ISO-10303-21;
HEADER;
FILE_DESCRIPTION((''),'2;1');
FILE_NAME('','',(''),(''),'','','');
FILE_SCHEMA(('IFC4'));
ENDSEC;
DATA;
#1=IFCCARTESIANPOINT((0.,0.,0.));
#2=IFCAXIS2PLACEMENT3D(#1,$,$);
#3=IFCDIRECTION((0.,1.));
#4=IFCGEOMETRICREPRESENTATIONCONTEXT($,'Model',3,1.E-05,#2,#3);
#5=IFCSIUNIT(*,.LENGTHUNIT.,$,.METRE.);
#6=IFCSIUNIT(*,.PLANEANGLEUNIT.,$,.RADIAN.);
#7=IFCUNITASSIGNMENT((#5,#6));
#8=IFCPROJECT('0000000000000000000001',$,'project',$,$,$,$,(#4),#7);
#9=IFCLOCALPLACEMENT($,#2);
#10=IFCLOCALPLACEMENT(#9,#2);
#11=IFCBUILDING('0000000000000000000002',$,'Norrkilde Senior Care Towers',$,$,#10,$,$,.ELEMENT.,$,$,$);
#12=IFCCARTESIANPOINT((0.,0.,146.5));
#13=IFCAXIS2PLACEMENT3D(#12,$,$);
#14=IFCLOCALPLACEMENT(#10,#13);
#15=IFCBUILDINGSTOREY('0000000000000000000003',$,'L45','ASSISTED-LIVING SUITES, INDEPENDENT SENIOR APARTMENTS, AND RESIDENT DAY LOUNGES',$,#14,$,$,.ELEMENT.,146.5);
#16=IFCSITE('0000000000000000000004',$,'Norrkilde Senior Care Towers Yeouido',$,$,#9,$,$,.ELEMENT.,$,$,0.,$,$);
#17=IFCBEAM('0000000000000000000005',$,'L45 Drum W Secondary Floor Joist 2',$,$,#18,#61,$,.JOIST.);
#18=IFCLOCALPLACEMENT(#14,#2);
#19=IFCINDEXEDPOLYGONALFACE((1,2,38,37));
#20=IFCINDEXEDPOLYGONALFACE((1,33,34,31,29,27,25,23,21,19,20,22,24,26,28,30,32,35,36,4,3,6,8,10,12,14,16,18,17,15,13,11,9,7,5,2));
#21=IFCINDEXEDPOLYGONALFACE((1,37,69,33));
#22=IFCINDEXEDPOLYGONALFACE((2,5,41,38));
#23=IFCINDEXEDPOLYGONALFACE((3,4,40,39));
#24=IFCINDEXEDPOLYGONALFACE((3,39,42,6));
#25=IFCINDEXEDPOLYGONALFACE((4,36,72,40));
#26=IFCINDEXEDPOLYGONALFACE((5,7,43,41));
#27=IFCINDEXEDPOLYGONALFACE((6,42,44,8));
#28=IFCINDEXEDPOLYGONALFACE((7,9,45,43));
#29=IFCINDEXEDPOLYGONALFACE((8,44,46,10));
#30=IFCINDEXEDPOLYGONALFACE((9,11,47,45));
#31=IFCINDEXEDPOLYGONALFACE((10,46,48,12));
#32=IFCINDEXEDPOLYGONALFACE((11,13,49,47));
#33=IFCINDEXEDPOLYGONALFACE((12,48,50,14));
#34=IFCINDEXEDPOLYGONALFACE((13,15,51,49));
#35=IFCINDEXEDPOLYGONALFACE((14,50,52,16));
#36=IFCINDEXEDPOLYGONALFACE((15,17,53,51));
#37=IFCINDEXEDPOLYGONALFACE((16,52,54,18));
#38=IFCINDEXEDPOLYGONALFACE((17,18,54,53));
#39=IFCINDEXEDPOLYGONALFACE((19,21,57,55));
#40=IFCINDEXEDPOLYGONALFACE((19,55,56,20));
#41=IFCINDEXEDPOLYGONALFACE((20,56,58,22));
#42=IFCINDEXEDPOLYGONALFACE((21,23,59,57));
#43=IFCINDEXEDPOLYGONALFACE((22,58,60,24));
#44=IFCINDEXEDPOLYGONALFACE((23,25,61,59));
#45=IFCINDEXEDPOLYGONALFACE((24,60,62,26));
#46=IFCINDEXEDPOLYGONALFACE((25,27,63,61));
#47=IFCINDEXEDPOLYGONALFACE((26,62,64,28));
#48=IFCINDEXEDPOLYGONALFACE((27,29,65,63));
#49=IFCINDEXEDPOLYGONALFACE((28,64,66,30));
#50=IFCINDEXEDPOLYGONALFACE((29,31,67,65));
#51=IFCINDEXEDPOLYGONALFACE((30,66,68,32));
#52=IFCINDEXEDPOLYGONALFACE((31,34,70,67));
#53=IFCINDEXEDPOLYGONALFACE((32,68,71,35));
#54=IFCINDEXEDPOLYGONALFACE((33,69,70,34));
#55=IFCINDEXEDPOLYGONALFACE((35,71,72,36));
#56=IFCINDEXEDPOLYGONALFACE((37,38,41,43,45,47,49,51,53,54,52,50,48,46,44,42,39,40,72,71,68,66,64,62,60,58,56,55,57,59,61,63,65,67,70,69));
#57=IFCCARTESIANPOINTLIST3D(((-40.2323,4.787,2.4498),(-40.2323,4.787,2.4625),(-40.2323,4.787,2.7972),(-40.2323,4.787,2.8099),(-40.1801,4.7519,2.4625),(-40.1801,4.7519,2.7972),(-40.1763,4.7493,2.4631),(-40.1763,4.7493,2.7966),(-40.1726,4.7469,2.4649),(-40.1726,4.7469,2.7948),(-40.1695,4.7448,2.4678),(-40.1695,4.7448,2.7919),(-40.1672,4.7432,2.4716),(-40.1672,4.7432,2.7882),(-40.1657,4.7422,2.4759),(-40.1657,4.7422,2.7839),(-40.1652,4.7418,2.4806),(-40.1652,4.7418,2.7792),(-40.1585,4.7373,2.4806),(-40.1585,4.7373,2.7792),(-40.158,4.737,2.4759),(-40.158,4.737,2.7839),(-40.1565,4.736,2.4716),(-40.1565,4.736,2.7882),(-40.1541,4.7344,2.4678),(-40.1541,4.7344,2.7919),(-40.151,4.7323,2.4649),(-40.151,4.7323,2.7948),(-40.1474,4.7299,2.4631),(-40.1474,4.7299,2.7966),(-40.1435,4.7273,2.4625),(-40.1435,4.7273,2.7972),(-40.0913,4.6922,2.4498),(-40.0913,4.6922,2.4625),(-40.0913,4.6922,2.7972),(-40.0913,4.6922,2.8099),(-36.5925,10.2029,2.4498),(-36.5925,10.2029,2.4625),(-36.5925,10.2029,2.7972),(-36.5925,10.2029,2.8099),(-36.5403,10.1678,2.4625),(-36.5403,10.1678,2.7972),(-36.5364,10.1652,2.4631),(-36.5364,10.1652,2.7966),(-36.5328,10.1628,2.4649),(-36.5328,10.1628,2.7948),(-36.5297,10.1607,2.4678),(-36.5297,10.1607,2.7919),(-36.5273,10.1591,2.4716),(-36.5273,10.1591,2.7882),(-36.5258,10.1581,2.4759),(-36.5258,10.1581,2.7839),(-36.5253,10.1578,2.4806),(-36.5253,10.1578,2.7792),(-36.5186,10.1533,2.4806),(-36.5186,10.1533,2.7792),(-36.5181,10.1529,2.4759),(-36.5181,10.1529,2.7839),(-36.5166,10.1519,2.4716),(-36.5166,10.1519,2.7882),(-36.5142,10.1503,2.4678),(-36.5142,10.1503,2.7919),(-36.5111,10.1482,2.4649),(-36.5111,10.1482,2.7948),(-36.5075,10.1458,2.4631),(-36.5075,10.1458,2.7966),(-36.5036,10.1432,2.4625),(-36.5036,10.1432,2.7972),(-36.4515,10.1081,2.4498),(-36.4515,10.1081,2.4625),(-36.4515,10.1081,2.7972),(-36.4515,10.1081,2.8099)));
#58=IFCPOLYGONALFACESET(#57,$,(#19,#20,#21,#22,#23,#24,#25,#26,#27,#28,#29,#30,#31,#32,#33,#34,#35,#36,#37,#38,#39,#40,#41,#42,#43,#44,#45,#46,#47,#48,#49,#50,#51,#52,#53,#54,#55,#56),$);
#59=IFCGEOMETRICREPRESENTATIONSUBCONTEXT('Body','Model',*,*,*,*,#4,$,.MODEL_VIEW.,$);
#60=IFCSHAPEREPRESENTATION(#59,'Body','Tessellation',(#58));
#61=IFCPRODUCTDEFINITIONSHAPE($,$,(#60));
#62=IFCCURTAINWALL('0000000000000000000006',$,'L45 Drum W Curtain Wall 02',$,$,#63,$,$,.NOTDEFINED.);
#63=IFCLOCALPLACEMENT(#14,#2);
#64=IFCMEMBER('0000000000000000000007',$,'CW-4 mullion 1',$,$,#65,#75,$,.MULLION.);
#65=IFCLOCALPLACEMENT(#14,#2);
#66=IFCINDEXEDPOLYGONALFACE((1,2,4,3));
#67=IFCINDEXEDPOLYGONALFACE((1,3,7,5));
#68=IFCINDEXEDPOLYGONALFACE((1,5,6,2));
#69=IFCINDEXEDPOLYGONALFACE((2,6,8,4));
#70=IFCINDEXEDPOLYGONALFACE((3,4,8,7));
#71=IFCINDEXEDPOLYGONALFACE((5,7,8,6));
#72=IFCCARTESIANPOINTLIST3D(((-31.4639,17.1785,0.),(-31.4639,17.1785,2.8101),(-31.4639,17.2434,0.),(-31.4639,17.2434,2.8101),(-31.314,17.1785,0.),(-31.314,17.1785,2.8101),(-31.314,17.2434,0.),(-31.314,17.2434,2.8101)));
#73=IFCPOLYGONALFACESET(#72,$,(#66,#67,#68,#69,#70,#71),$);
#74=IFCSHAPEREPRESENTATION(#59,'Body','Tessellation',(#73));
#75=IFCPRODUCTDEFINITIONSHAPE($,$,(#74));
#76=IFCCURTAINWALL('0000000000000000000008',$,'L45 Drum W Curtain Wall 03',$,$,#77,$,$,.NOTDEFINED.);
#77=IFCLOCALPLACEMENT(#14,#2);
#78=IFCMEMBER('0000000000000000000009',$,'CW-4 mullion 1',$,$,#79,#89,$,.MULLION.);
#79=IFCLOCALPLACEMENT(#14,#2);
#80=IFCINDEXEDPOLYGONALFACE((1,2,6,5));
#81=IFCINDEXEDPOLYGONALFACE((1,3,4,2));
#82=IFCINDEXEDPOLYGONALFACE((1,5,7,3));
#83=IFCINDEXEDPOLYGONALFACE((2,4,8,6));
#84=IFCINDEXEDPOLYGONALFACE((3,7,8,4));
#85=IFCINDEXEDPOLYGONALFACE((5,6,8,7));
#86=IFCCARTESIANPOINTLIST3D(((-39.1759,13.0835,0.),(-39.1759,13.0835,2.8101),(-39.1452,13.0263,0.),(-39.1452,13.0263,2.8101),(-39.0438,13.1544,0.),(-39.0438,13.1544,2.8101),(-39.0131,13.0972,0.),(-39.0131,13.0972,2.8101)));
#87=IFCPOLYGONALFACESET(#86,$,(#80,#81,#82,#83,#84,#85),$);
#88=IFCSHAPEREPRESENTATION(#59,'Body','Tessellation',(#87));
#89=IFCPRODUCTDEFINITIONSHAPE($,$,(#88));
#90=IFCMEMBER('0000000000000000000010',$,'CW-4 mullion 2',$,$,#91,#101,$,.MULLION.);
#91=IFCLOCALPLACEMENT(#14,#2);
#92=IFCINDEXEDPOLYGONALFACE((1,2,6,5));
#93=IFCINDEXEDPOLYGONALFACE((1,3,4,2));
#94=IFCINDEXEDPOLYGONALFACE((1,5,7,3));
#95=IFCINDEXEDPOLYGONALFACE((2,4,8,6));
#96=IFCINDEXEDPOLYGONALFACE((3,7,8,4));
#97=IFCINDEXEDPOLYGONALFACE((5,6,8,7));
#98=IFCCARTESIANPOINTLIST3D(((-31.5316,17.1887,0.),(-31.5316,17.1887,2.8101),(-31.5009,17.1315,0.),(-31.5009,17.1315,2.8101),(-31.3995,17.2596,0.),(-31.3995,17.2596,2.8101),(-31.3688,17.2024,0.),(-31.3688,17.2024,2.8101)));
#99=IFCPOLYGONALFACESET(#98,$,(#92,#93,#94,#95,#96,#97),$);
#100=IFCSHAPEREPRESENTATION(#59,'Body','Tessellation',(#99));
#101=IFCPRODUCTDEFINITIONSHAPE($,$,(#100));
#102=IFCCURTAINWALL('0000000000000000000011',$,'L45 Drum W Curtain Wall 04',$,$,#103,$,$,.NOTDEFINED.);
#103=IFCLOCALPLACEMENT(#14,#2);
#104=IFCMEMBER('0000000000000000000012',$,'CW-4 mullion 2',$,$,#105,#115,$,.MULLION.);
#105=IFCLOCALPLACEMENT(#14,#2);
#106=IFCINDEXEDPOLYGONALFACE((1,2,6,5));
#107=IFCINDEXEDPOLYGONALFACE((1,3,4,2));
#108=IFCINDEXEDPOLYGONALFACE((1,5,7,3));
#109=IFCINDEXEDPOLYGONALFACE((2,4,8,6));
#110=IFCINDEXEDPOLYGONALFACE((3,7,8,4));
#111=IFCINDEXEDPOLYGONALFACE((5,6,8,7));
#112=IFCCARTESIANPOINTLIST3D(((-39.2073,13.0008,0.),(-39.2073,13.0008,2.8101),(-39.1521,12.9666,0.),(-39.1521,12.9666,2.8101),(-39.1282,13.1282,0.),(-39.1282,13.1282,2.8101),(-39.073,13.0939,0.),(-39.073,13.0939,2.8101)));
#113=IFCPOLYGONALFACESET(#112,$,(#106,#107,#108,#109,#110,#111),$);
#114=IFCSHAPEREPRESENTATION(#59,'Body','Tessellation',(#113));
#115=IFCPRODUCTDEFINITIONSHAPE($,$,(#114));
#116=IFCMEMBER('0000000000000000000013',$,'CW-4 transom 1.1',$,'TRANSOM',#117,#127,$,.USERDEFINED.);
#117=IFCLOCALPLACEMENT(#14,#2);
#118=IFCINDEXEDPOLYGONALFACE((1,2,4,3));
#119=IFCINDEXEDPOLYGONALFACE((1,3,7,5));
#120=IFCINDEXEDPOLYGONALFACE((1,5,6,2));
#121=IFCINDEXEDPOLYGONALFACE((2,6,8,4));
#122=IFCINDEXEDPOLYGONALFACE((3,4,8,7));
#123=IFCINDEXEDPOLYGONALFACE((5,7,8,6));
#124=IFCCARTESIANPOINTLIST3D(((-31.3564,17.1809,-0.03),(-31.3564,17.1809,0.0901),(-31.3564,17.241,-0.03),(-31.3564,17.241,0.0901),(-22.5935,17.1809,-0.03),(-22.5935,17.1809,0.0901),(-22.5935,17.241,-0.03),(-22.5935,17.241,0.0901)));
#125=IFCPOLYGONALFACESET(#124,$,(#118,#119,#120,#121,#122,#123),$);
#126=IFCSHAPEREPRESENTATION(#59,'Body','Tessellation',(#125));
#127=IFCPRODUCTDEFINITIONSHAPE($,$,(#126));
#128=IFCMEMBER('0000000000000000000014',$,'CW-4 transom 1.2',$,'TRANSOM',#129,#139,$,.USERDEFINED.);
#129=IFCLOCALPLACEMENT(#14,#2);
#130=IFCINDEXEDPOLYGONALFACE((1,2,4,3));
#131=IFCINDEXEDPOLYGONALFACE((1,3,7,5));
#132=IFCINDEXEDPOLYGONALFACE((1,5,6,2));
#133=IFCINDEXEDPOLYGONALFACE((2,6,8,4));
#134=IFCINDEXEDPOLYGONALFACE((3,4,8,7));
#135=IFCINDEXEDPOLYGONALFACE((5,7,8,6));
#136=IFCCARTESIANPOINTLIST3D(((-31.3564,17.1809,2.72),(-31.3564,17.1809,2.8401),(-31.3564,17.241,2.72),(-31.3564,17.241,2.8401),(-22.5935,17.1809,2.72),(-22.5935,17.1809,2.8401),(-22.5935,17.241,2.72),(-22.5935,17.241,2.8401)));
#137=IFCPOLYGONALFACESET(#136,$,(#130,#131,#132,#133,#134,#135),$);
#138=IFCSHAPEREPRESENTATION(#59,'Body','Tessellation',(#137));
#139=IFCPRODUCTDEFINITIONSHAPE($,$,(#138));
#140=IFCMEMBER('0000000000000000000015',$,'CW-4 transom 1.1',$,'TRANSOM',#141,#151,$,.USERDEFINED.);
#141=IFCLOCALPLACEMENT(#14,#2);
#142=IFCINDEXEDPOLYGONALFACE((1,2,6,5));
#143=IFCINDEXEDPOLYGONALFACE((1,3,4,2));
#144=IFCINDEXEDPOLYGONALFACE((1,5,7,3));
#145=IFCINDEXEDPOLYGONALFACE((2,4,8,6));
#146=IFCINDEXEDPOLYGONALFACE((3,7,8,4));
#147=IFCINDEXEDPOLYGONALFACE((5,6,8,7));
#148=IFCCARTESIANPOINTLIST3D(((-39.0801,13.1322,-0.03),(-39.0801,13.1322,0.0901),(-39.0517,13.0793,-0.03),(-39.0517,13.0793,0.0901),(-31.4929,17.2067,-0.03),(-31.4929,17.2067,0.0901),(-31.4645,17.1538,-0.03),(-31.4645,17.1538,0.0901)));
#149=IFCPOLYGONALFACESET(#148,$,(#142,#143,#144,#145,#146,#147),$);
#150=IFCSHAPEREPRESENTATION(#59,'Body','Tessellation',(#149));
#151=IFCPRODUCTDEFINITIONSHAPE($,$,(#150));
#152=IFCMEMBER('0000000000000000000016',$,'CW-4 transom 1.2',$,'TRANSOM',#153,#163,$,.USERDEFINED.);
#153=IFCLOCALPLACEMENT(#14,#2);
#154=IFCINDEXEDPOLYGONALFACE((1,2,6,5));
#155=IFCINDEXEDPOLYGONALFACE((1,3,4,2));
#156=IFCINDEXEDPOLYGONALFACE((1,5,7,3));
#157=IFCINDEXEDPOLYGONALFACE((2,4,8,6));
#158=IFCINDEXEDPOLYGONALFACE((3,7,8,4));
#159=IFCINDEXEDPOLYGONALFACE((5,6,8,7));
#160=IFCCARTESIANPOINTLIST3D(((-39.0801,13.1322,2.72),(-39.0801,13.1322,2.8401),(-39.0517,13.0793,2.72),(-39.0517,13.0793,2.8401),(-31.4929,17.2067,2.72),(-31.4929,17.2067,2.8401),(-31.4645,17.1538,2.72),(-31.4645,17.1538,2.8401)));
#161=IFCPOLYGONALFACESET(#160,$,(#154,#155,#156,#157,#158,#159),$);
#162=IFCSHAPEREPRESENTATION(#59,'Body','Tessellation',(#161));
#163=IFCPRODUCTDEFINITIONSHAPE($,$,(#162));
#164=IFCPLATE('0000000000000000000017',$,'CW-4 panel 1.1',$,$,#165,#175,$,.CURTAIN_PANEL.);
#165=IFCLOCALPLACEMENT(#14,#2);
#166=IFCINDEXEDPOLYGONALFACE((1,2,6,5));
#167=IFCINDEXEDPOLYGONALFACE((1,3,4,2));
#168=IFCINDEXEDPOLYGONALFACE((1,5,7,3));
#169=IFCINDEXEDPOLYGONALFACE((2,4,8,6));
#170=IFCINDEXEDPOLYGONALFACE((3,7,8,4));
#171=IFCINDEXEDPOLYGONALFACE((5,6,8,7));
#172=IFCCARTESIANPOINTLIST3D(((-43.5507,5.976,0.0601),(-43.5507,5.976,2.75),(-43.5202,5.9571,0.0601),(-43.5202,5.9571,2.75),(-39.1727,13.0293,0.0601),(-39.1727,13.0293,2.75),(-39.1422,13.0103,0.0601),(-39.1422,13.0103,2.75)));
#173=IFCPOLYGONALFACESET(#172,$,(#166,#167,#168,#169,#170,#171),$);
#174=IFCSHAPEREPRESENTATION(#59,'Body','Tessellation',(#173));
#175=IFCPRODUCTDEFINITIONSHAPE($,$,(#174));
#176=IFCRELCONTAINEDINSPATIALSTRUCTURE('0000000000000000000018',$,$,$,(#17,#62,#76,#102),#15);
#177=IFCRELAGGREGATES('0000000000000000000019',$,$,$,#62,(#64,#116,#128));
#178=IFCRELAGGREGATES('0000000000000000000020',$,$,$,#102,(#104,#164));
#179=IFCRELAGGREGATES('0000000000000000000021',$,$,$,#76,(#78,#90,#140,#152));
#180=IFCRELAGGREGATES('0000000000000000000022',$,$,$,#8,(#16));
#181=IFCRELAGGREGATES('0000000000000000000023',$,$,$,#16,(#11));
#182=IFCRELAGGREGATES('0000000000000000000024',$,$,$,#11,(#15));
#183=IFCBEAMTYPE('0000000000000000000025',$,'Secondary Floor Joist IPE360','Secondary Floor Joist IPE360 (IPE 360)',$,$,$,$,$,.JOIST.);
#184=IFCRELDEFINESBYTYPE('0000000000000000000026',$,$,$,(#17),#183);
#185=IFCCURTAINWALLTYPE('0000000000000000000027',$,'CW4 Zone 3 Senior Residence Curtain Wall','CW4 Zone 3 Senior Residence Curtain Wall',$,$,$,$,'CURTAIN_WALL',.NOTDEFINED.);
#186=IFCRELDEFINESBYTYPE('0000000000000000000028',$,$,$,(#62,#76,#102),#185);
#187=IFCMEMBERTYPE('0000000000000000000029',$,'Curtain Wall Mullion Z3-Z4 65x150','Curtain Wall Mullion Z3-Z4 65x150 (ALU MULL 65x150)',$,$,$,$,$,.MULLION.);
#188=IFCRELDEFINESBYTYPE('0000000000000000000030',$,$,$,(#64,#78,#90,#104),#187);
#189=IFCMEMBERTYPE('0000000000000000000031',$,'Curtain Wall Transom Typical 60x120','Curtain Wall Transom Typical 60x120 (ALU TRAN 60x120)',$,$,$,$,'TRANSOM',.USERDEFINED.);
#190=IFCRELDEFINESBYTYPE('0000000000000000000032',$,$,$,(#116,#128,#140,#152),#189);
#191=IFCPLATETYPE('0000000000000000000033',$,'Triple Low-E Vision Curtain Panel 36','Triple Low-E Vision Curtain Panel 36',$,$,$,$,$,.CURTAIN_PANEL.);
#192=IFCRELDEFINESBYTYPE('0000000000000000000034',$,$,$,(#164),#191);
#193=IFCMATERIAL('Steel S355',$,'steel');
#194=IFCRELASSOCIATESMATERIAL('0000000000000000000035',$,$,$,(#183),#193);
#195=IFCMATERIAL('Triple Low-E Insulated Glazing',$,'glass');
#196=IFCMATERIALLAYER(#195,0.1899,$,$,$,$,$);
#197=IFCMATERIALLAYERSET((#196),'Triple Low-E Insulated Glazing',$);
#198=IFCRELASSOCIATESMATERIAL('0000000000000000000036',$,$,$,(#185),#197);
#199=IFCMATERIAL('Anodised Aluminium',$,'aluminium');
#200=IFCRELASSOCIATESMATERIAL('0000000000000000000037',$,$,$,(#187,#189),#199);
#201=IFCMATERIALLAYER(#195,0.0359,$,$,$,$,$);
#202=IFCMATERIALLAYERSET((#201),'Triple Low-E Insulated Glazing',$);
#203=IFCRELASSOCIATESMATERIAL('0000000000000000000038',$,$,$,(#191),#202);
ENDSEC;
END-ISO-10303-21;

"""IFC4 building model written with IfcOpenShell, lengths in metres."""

from ifc_helpers import new_model, si_unit, direction, frame, origin, origin_2d, place, context, subcontext, project, spatial, rectangle, i_section, extrude, source, transform, mapped, material, layer, layer_set, material_profile, profile_set, type_object, type_shapes, element, aggregate, save


model = new_model("IFC4")

# Units and contexts
model_context = context("Model", 3, precision=1e-05, world=origin(), true_north=direction((0.0, 1.0)))
body_context = subcontext(model_context, "Body", "Model", "MODEL_VIEW")
ifc_project = project(units=[si_unit("LENGTHUNIT", "METRE"), si_unit("PLANEANGLEUNIT", "RADIAN")], contexts=[model_context])

# Site, building, storey
site_placement = place(None, origin())
site = spatial("IfcSite", under=ifc_project, at=site_placement, Name="Norrkilde Senior Care Towers Yeouido", CompositionType="ELEMENT", RefElevation=0.0)
building_placement = place(site_placement, origin())
building = spatial("IfcBuilding", under=site, at=building_placement, Name="Norrkilde Senior Care Towers", CompositionType="ELEMENT")
storey_placement = place(building_placement, frame((0.0, 0.0, 146.5)))
storey = spatial("IfcBuildingStorey", under=building, at=storey_placement, Name="L45", Description="ASSISTED-LIVING SUITES, INDEPENDENT SENIOR APARTMENTS, AND RESIDENT DAY LOUNGES", CompositionType="ELEMENT", Elevation=146.5)

# Beam
ifc_material_1 = material(Name="Steel S355", Category="steel")
ifc_material_profile_1 = material_profile(ifc_material_1, i_section(OverallWidth=0.1699, OverallDepth=0.3601, WebThickness=0.0081, FlangeThickness=0.0127, FilletRadius=0.0181, at=origin_2d()), Name="IPE 360")
ifc_profile_set_1 = profile_set([ifc_material_profile_1], Name="Steel S355")
beam_type_1 = type_object("IfcBeamType", Name="Secondary Floor Joist IPE360", Description="Secondary Floor Joist IPE360 (IPE 360)", PredefinedType="JOIST", material=ifc_profile_set_1)
shared_shape_1 = source(origin(), body_context, "Body", "SweptSolid", [
    extrude(i_section(OverallWidth=0.1699, OverallDepth=0.3601, WebThickness=0.0081, FlangeThickness=0.0127, FilletRadius=0.0181, at=origin_2d()), origin(), (0.0, 0.0, 1.0), 6.5254),
])
type_shapes(beam_type_1, [shared_shape_1])
beam_1_placement = place(storey_placement, frame((-36.522, 10.1555, 2.6299), z_axis=(-0.557796, -0.829978, 0.0), x_axis=(0.829978, -0.557796, 0.0)))
element("IfcBeam", 1, at=beam_1_placement, inside=storey, type_object=beam_type_1, Name="L45 Drum W Secondary Floor Joist 2", PredefinedType="JOIST", context=body_context, shape_type="MappedRepresentation", body=[
    mapped(shared_shape_1, transform((0.0, 0.0, 0.0), x_axis=(1.0, 0.0, 0.0), y_axis=(0.0, 1.0, 0.0), z_axis=(0.0, 0.0, 1.0), scale=1.0)),
])

# Curtain wall, member
ifc_material_2 = material(Name="Triple Low-E Insulated Glazing", Category="glass")
ifc_layer_1 = layer(ifc_material_2, 0.1899)
ifc_layer_set_1 = layer_set([ifc_layer_1], Name="Triple Low-E Insulated Glazing")
curtain_wall_type = type_object("IfcCurtainWallType", Name="CW4 Zone 3 Senior Residence Curtain Wall", Description="CW4 Zone 3 Senior Residence Curtain Wall", ElementType="CURTAIN_WALL", PredefinedType="NOTDEFINED", material=ifc_layer_set_1)
curtain_wall_1_placement = place(storey_placement, origin())
curtain_wall_1 = element("IfcCurtainWall", 2, at=curtain_wall_1_placement, inside=storey, type_object=curtain_wall_type, Name="L45 Drum W Curtain Wall 02", PredefinedType="NOTDEFINED")
ifc_material_3 = material(Name="Anodised Aluminium", Category="aluminium")
ifc_material_profile_2 = material_profile(ifc_material_3, rectangle(XDim=0.0649, YDim=0.1499, at=origin_2d()), Name="ALU MULL 65x150")
ifc_profile_set_2 = profile_set([ifc_material_profile_2], Name="Anodised Aluminium")
member_type_1 = type_object("IfcMemberType", Name="Curtain Wall Mullion Z3-Z4 65x150", Description="Curtain Wall Mullion Z3-Z4 65x150 (ALU MULL 65x150)", PredefinedType="MULLION", material=ifc_profile_set_2)
shared_shape_2 = source(origin(), body_context, "Body", "SweptSolid", [
    extrude(rectangle(XDim=0.0649, YDim=0.1499, at=origin_2d()), origin(), (0.0, 0.0, 1.0), 2.8101),
])
type_shapes(member_type_1, [shared_shape_2])
member_1_placement = place(storey_placement, frame((-31.3889, 17.2109, 0.0), z_axis=(0.0, 0.0, 1.0), x_axis=(0.0, 1.0, 0.0)))
member_1 = element("IfcMember", 3, at=member_1_placement, type_object=member_type_1, Name="CW-4 mullion 1", PredefinedType="MULLION", context=body_context, shape_type="MappedRepresentation", body=[
    mapped(shared_shape_2, transform((0.0, 0.0, 0.0), x_axis=(1.0, 0.0, 0.0), y_axis=(0.0, 1.0, 0.0), z_axis=(0.0, 0.0, 1.0), scale=1.0)),
])

# Curtain wall, members
curtain_wall_2_placement = place(storey_placement, origin())
curtain_wall_2 = element("IfcCurtainWall", 4, at=curtain_wall_2_placement, inside=storey, type_object=curtain_wall_type, Name="L45 Drum W Curtain Wall 03", PredefinedType="NOTDEFINED")
member_2_placement = place(storey_placement, frame((-39.0945, 13.0903, 0.0), z_axis=(0.0, 0.0, 1.0), x_axis=(-0.473117, 0.881, 0.0)))
member_2 = element("IfcMember", 5, at=member_2_placement, type_object=member_type_1, Name="CW-4 mullion 1", PredefinedType="MULLION", context=body_context, shape_type="MappedRepresentation", body=[
    mapped(shared_shape_2, transform((0.0, 0.0, 0.0), x_axis=(1.0, 0.0, 0.0), y_axis=(0.0, 1.0, 0.0), z_axis=(0.0, 0.0, 1.0), scale=1.0)),
])
member_3_placement = place(storey_placement, frame((-31.4502, 17.1956, 0.0), z_axis=(0.0, 0.0, 1.0), x_axis=(-0.473117, 0.881, 0.0)))
member_3 = element("IfcMember", 6, at=member_3_placement, type_object=member_type_1, Name="CW-4 mullion 2", PredefinedType="MULLION", context=body_context, shape_type="MappedRepresentation", body=[
    mapped(shared_shape_2, transform((0.0, 0.0, 0.0), x_axis=(1.0, 0.0, 0.0), y_axis=(0.0, 1.0, 0.0), z_axis=(0.0, 0.0, 1.0), scale=1.0)),
])

# Curtain wall, member
curtain_wall_3_placement = place(storey_placement, origin())
curtain_wall_3 = element("IfcCurtainWall", 7, at=curtain_wall_3_placement, inside=storey, type_object=curtain_wall_type, Name="L45 Drum W Curtain Wall 04", PredefinedType="NOTDEFINED")
member_4_placement = place(storey_placement, frame((-39.1401, 13.0474, 0.0), z_axis=(0.0, 0.0, 1.0), x_axis=(-0.849634, 0.527373, 0.0)))
member_4 = element("IfcMember", 8, at=member_4_placement, type_object=member_type_1, Name="CW-4 mullion 2", PredefinedType="MULLION", context=body_context, shape_type="MappedRepresentation", body=[
    mapped(shared_shape_2, transform((0.0, 0.0, 0.0), x_axis=(1.0, 0.0, 0.0), y_axis=(0.0, 1.0, 0.0), z_axis=(0.0, 0.0, 1.0), scale=1.0)),
])

# Members
ifc_material_profile_3 = material_profile(ifc_material_3, rectangle(XDim=0.0601, YDim=0.1201, at=origin_2d()), Name="ALU TRAN 60x120")
ifc_profile_set_3 = profile_set([ifc_material_profile_3], Name="Anodised Aluminium")
member_type_2 = type_object("IfcMemberType", Name="Curtain Wall Transom Typical 60x120", Description="Curtain Wall Transom Typical 60x120 (ALU TRAN 60x120)", ElementType="TRANSOM", PredefinedType="USERDEFINED", material=ifc_profile_set_3)
shared_shape_3 = source(origin(), body_context, "Body", "SweptSolid", [
    extrude(rectangle(XDim=0.0601, YDim=0.1201, at=origin_2d()), origin(), (0.0, 0.0, 1.0), 8.7629),
])
member_5_placement = place(storey_placement, frame((-31.3564, 17.2109, 0.03), z_axis=(1.0, 0.0, 0.0), x_axis=(0.0, 1.0, 0.0)))
member_5 = element("IfcMember", 9, at=member_5_placement, type_object=member_type_2, Name="CW-4 transom 1.1", ObjectType="TRANSOM", PredefinedType="USERDEFINED", context=body_context, shape_type="MappedRepresentation", body=[
    mapped(shared_shape_3, transform((0.0, 0.0, 0.0), x_axis=(1.0, 0.0, 0.0), y_axis=(0.0, 1.0, 0.0), z_axis=(0.0, 0.0, 1.0), scale=1.0)),
])
member_6_placement = place(storey_placement, frame((-31.3564, 17.2109, 2.78), z_axis=(1.0, 0.0, 0.0), x_axis=(0.0, 1.0, 0.0)))
member_6 = element("IfcMember", 10, at=member_6_placement, type_object=member_type_2, Name="CW-4 transom 1.2", ObjectType="TRANSOM", PredefinedType="USERDEFINED", context=body_context, shape_type="MappedRepresentation", body=[
    mapped(shared_shape_3, transform((0.0, 0.0, 0.0), x_axis=(1.0, 0.0, 0.0), y_axis=(0.0, 1.0, 0.0), z_axis=(0.0, 0.0, 1.0), scale=1.0)),
])
aggregate(curtain_wall_1, [member_1, member_5, member_6])
shared_shape_4 = source(origin(), body_context, "Body", "SweptSolid", [
    extrude(rectangle(XDim=0.0601, YDim=0.1201, at=origin_2d()), origin(), (0.0, 0.0, 1.0), 8.6121),
])
type_shapes(member_type_2, [shared_shape_3, shared_shape_4])
member_7_placement = place(storey_placement, frame((-39.0659, 13.1057, 0.03), z_axis=(0.881, 0.473116, 0.0), x_axis=(-0.473116, 0.881, 0.0)))
member_7 = element("IfcMember", 11, at=member_7_placement, type_object=member_type_2, Name="CW-4 transom 1.1", ObjectType="TRANSOM", PredefinedType="USERDEFINED", context=body_context, shape_type="MappedRepresentation", body=[
    mapped(shared_shape_4, transform((0.0, 0.0, 0.0), x_axis=(1.0, 0.0, 0.0), y_axis=(0.0, 1.0, 0.0), z_axis=(0.0, 0.0, 1.0), scale=1.0)),
])
member_8_placement = place(storey_placement, frame((-39.0659, 13.1057, 2.78), z_axis=(0.881, 0.473116, 0.0), x_axis=(-0.473116, 0.881, 0.0)))
member_8 = element("IfcMember", 12, at=member_8_placement, type_object=member_type_2, Name="CW-4 transom 1.2", ObjectType="TRANSOM", PredefinedType="USERDEFINED", context=body_context, shape_type="MappedRepresentation", body=[
    mapped(shared_shape_4, transform((0.0, 0.0, 0.0), x_axis=(1.0, 0.0, 0.0), y_axis=(0.0, 1.0, 0.0), z_axis=(0.0, 0.0, 1.0), scale=1.0)),
])

# Plate
ifc_layer_2 = layer(ifc_material_2, 0.0359)
ifc_layer_set_2 = layer_set([ifc_layer_2], Name="Triple Low-E Insulated Glazing")
plate_type = type_object("IfcPlateType", Name="Triple Low-E Vision Curtain Panel 36", Description="Triple Low-E Vision Curtain Panel 36", PredefinedType="CURTAIN_PANEL", material=ifc_layer_set_2)
shared_shape_5 = source(origin(), body_context, "Body", "SweptSolid", [
    extrude(rectangle(XDim=8.3015, YDim=0.0359, at=origin_2d()), origin(), (0.0, 0.0, 1.0), 2.6899),
])
plate_1_placement = place(storey_placement, frame((-41.3464, 9.4932, 0.0601), z_axis=(0.0, 0.0, 1.0), x_axis=(0.527373, 0.849634, 0.0)))
plate_1 = element("IfcPlate", 13, at=plate_1_placement, type_object=plate_type, Name="CW-4 panel 1.1", PredefinedType="CURTAIN_PANEL", context=body_context, shape_type="MappedRepresentation", body=[
    mapped(shared_shape_5, transform((0.0, 0.0, 0.0), x_axis=(1.0, 0.0, 0.0), y_axis=(0.0, 1.0, 0.0), z_axis=(0.0, 0.0, 1.0), scale=1.0)),
])
aggregate(curtain_wall_3, [member_4, plate_1])
aggregate(curtain_wall_2, [member_2, member_3, member_7, member_8])

save(model, "model.ifc")
